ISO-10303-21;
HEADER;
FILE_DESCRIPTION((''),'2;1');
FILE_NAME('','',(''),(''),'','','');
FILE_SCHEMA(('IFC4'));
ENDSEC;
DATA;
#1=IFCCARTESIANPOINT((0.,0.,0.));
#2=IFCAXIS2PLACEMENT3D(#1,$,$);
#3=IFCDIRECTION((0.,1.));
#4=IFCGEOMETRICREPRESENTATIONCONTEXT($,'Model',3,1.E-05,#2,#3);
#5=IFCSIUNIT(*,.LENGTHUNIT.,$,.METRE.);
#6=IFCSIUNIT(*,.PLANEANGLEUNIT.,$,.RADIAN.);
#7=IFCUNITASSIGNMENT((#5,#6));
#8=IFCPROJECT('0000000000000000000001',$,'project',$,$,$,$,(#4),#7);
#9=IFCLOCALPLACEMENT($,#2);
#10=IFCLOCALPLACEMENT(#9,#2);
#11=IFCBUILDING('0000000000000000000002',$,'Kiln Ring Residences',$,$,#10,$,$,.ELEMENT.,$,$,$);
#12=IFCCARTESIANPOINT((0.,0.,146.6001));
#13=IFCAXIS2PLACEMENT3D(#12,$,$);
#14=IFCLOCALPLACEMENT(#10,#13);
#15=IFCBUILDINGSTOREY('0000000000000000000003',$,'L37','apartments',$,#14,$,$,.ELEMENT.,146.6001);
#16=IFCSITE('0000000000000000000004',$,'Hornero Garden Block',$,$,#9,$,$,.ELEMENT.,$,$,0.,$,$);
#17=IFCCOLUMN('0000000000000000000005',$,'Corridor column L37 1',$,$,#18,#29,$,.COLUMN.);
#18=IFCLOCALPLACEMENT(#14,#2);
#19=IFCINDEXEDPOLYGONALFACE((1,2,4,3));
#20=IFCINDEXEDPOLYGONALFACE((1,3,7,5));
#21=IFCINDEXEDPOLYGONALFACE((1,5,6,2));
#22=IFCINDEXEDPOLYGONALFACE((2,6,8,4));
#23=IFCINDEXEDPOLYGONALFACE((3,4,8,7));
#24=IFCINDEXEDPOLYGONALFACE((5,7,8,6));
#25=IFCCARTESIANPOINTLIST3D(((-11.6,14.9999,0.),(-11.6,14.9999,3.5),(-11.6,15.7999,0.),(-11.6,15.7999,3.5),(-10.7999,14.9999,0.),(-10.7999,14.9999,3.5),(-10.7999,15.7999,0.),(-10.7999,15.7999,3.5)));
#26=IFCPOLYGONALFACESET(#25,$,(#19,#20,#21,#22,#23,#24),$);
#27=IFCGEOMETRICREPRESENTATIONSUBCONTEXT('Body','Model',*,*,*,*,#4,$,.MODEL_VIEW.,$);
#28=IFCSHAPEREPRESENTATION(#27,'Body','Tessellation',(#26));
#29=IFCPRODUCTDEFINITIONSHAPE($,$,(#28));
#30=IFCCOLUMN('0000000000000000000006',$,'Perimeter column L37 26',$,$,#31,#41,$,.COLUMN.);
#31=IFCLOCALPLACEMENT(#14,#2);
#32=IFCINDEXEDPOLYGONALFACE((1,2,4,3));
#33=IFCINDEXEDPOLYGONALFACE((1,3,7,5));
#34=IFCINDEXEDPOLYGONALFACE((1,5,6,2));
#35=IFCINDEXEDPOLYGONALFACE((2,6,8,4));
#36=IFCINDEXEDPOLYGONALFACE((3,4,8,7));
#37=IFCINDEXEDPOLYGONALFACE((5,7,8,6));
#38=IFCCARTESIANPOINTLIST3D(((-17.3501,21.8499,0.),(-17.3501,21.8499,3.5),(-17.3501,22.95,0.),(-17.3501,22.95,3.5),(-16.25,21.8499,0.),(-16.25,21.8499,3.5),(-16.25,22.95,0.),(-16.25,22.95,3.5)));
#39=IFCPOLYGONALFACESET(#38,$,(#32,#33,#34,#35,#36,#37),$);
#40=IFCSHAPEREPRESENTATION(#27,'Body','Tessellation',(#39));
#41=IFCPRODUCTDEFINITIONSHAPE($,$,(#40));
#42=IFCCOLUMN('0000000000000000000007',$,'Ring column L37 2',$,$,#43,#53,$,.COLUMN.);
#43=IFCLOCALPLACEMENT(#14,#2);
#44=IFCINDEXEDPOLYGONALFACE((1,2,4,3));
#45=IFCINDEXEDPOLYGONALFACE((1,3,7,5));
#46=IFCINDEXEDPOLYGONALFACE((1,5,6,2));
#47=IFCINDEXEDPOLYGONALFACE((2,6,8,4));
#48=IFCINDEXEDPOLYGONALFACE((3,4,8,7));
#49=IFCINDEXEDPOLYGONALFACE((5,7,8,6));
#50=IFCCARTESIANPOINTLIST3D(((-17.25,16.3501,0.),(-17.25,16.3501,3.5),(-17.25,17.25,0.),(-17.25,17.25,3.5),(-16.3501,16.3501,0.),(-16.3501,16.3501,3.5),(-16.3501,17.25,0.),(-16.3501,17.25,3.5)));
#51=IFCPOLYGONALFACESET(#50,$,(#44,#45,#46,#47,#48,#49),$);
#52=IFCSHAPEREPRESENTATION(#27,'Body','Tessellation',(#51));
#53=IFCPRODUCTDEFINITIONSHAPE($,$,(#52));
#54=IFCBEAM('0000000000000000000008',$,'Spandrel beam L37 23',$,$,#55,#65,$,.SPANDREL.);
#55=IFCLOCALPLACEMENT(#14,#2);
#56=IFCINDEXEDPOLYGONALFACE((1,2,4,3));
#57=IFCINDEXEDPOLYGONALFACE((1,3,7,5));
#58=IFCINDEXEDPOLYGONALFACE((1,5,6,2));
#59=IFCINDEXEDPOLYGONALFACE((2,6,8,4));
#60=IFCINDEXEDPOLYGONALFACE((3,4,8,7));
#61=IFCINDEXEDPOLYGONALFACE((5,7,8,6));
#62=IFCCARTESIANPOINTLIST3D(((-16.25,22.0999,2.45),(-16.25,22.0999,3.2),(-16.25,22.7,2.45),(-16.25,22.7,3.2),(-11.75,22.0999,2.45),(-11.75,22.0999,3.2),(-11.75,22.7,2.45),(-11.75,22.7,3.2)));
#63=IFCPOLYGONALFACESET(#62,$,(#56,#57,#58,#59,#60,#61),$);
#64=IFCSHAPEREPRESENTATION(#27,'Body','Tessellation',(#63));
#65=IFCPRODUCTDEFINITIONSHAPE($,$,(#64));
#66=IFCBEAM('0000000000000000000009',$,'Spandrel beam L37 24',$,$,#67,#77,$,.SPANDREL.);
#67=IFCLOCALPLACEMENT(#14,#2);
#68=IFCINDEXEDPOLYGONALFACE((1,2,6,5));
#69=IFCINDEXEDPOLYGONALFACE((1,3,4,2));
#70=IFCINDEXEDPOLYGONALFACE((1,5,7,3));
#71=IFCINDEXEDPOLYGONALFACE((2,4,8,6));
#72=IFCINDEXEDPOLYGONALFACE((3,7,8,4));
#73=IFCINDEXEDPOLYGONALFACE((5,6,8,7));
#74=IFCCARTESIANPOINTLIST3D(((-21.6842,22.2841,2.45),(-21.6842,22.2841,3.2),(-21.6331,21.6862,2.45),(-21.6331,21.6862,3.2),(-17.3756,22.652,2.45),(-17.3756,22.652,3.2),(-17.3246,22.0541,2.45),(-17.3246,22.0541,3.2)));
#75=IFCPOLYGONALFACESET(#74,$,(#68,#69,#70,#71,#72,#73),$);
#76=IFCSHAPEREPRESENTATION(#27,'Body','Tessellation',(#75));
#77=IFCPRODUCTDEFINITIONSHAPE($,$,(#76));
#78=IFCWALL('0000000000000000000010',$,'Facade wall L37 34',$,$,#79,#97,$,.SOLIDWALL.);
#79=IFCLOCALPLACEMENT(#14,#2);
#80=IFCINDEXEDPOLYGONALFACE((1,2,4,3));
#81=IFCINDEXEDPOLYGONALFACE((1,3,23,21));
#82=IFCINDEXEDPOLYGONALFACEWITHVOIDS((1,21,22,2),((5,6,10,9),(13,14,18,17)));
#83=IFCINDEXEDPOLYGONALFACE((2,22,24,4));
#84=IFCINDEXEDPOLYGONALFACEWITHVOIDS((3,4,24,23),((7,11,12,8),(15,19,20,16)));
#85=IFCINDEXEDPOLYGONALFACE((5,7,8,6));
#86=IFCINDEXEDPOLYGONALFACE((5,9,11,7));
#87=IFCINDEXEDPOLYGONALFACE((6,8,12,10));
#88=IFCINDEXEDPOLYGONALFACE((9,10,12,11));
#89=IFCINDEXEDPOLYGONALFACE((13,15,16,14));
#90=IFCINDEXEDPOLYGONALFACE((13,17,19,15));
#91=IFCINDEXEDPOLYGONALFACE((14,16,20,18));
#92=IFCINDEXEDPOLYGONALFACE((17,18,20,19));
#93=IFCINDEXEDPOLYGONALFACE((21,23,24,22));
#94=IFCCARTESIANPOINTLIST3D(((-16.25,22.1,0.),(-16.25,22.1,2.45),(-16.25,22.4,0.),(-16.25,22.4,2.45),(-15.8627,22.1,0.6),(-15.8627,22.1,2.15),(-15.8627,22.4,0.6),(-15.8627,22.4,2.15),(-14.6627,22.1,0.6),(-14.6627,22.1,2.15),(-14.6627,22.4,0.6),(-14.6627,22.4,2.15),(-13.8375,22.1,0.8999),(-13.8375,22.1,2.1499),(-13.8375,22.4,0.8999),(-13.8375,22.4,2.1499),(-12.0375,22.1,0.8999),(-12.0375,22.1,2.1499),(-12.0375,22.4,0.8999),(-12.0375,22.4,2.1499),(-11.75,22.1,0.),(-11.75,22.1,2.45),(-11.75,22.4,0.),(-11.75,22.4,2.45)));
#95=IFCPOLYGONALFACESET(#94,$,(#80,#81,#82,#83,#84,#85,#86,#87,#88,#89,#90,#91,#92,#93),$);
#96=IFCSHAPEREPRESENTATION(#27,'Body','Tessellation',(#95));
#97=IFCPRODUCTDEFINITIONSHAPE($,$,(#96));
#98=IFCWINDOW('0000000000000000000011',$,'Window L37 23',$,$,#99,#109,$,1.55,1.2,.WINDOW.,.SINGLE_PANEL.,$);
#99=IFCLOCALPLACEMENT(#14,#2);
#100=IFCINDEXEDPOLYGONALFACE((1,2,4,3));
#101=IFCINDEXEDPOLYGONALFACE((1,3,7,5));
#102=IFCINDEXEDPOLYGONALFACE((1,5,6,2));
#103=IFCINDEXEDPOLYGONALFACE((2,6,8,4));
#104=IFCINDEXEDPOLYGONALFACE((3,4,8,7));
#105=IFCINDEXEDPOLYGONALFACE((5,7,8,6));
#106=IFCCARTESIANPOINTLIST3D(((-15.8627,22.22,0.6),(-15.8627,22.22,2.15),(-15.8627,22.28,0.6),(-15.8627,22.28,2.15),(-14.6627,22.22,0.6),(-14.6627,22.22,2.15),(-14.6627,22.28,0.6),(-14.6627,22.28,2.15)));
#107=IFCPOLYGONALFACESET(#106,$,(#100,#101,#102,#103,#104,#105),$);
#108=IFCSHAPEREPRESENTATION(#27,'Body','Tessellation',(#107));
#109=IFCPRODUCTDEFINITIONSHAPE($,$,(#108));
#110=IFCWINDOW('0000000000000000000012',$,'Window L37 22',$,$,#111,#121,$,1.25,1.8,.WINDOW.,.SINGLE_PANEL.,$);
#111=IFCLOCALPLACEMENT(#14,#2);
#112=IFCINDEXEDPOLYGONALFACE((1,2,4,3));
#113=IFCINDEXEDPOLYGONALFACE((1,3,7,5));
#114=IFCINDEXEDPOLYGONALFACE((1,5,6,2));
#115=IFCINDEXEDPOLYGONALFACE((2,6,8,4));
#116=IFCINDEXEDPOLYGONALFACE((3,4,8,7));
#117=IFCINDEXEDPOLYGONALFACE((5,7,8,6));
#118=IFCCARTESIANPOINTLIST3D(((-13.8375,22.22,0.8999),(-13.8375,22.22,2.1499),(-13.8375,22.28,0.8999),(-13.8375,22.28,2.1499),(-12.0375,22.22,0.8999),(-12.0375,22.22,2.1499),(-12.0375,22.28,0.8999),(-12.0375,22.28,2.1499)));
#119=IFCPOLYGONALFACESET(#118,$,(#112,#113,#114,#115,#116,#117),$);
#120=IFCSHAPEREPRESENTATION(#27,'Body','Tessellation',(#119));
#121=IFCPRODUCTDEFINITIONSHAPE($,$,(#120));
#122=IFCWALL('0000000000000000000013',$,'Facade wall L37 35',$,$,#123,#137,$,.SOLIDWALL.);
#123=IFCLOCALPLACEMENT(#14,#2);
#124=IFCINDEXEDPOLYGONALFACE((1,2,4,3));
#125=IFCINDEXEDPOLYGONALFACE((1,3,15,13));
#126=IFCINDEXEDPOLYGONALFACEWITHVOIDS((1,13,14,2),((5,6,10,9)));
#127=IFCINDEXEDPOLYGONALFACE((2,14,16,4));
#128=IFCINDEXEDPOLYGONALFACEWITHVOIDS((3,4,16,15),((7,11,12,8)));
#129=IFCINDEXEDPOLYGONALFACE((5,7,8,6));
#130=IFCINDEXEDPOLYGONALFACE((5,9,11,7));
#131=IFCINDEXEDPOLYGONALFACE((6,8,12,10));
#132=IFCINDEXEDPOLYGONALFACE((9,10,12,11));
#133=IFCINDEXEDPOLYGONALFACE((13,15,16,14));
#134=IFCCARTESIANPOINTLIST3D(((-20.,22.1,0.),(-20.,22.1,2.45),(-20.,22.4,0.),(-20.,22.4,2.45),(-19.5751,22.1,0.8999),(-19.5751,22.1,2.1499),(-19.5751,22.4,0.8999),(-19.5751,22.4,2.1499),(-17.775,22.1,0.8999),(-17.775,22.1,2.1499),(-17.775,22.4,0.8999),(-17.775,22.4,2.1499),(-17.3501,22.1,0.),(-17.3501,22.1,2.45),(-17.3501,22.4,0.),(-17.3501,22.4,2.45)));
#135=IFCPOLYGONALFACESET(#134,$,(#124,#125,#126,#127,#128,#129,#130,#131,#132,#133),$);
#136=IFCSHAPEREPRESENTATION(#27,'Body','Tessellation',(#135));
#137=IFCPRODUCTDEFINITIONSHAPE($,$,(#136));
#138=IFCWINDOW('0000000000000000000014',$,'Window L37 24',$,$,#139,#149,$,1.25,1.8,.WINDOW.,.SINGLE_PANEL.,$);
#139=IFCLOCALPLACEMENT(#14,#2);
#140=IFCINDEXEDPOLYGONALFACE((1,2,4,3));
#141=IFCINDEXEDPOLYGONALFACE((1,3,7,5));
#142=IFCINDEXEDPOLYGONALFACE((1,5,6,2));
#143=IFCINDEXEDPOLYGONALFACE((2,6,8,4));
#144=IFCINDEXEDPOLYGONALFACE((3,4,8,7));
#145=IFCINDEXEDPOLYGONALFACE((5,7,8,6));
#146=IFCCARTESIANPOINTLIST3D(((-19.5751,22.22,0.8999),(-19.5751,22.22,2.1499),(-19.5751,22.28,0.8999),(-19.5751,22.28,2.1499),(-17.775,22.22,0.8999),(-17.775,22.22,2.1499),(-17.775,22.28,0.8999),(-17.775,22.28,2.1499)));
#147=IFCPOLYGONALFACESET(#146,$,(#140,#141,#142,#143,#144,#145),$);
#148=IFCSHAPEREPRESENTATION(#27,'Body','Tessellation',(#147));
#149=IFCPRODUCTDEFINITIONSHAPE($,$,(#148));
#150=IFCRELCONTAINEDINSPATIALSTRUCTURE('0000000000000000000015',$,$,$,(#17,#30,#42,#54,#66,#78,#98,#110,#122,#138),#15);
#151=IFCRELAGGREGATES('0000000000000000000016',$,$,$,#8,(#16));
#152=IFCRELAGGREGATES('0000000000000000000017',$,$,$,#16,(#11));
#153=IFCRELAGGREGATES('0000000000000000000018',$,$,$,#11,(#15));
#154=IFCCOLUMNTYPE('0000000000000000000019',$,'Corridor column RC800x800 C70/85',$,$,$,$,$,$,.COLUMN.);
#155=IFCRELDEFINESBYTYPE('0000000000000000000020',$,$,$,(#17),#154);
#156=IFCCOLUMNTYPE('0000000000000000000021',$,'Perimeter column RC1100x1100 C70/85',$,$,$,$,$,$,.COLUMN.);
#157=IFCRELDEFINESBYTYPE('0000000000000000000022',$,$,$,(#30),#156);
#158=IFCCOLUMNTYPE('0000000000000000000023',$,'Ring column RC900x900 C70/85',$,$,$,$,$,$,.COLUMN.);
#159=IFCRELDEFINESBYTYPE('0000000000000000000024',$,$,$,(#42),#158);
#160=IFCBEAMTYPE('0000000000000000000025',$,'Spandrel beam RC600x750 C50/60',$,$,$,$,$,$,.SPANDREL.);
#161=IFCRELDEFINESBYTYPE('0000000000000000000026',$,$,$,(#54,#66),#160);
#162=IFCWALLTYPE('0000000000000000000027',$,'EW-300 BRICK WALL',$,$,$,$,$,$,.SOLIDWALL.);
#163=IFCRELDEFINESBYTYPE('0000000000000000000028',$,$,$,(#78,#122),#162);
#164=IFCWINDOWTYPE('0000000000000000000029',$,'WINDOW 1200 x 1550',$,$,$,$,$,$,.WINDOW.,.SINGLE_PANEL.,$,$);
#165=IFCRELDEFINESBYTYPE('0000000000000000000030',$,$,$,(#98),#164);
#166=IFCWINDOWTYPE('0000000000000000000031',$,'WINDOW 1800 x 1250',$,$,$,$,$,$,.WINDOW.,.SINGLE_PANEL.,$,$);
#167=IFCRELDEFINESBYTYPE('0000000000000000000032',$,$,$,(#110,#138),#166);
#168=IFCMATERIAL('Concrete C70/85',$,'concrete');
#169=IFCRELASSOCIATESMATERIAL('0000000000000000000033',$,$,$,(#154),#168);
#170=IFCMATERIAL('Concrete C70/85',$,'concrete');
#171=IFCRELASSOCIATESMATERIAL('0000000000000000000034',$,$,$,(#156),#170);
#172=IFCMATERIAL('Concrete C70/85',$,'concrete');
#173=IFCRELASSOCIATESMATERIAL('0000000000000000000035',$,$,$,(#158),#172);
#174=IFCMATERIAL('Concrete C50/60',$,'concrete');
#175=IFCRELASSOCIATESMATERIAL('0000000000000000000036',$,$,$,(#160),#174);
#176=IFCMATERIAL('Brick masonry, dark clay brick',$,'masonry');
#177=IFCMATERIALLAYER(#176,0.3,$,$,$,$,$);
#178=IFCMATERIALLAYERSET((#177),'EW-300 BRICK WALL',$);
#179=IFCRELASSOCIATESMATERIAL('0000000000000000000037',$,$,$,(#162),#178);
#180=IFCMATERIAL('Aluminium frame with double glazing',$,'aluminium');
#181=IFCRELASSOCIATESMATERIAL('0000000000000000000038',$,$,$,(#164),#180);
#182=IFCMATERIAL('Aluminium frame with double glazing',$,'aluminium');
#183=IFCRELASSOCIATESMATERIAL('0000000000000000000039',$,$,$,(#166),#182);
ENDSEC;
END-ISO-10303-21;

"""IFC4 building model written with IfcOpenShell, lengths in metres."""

from ifc_helpers import new_model, si_unit, direction, frame, frame_2d, origin, origin_2d, place, context, subcontext, project, spatial, rectangle, extrude, material, layer, layer_set, material_profile, profile_set, type_object, element, fill, save


model = new_model("IFC4")

# Units and contexts
model_context = context("Model", 3, precision=1e-05, world=origin(), true_north=direction((0.0, 1.0)))
body_context = subcontext(model_context, "Body", "Model", "MODEL_VIEW")
ifc_project = project(units=[si_unit("LENGTHUNIT", "METRE"), si_unit("PLANEANGLEUNIT", "RADIAN")], contexts=[model_context])

# Site, building, storey
site_placement = place(None, origin())
site = spatial("IfcSite", under=ifc_project, at=site_placement, Name="Hornero Garden Block", CompositionType="ELEMENT", RefElevation=0.0)
building_placement = place(site_placement, origin())
building = spatial("IfcBuilding", under=site, at=building_placement, Name="Kiln Ring Residences", CompositionType="ELEMENT")
storey_placement = place(building_placement, frame((0.0, 0.0, 146.6001)))
storey = spatial("IfcBuildingStorey", under=building, at=storey_placement, Name="L37", Description="apartments", CompositionType="ELEMENT", Elevation=146.6001)

# Columns
ifc_material_1 = material(Name="Concrete C70/85", Category="concrete")
ifc_material_profile_1 = material_profile(ifc_material_1, rectangle(XDim=0.8, YDim=0.8, at=origin_2d()), Name="RC800x800")
ifc_profile_set_1 = profile_set([ifc_material_profile_1], Name="Concrete C70/85")
column_type_1 = type_object("IfcColumnType", Name="Corridor column RC800x800 C70/85", PredefinedType="COLUMN", material=ifc_profile_set_1)
column_1_placement = place(storey_placement, frame((-11.2, 15.3999, 0.0), z_axis=(0.0, 0.0, 1.0), x_axis=(1.0, 0.0, 0.0)))
element("IfcColumn", 1, at=column_1_placement, inside=storey, type_object=column_type_1, Name="Corridor column L37 1", PredefinedType="COLUMN", context=body_context, shape_type="SweptSolid", body=[
    extrude(rectangle(XDim=0.8, YDim=0.8, at=origin_2d()), origin(), (0.0, 0.0, 1.0), 3.5),
])
ifc_material_2 = material(Name="Concrete C70/85", Category="concrete")
ifc_material_profile_2 = material_profile(ifc_material_2, rectangle(XDim=1.1001, YDim=1.1001, at=origin_2d()), Name="RC1100x1100")
ifc_profile_set_2 = profile_set([ifc_material_profile_2], Name="Concrete C70/85")
column_type_2 = type_object("IfcColumnType", Name="Perimeter column RC1100x1100 C70/85", PredefinedType="COLUMN", material=ifc_profile_set_2)
column_2_placement = place(storey_placement, frame((-16.8, 22.3999, 0.0), z_axis=(0.0, 0.0, 1.0), x_axis=(1.0, 0.0, 0.0)))
element("IfcColumn", 2, at=column_2_placement, inside=storey, type_object=column_type_2, Name="Perimeter column L37 26", PredefinedType="COLUMN", context=body_context, shape_type="SweptSolid", body=[
    extrude(rectangle(XDim=1.1001, YDim=1.1001, at=origin_2d()), origin(), (0.0, 0.0, 1.0), 3.5),
])
ifc_material_3 = material(Name="Concrete C70/85", Category="concrete")
ifc_material_profile_3 = material_profile(ifc_material_3, rectangle(XDim=0.8999, YDim=0.8999, at=origin_2d()), Name="RC900x900")
ifc_profile_set_3 = profile_set([ifc_material_profile_3], Name="Concrete C70/85")
column_type_3 = type_object("IfcColumnType", Name="Ring column RC900x900 C70/85", PredefinedType="COLUMN", material=ifc_profile_set_3)
column_3_placement = place(storey_placement, frame((-16.8, 16.8, 0.0), z_axis=(0.0, 0.0, 1.0), x_axis=(1.0, 0.0, 0.0)))
element("IfcColumn", 3, at=column_3_placement, inside=storey, type_object=column_type_3, Name="Ring column L37 2", PredefinedType="COLUMN", context=body_context, shape_type="SweptSolid", body=[
    extrude(rectangle(XDim=0.8999, YDim=0.8999, at=origin_2d()), origin(), (0.0, 0.0, 1.0), 3.5),
])

# Beams
ifc_material_4 = material(Name="Concrete C50/60", Category="concrete")
ifc_material_profile_4 = material_profile(ifc_material_4, rectangle(XDim=0.6001, YDim=0.75, at=origin_2d()), Name="RC600x750")
ifc_profile_set_4 = profile_set([ifc_material_profile_4], Name="Concrete C50/60")
beam_type = type_object("IfcBeamType", Name="Spandrel beam RC600x750 C50/60", PredefinedType="SPANDREL", material=ifc_profile_set_4)
beam_1_placement = place(storey_placement, frame((-11.75, 22.3999, 2.825), z_axis=(-1.0, 0.0, 0.0), x_axis=(0.0, -1.0, 0.0)))
element("IfcBeam", 4, at=beam_1_placement, inside=storey, type_object=beam_type, Name="Spandrel beam L37 23", PredefinedType="SPANDREL", context=body_context, shape_type="SweptSolid", body=[
    extrude(rectangle(XDim=0.6001, YDim=0.75, at=origin_2d()), origin(), (0.0, 0.0, 1.0), 4.5),
])
beam_2_placement = place(storey_placement, frame((-17.3501, 22.353, 2.825), z_axis=(-0.996374, -0.085082, 0.0), x_axis=(0.085082, -0.996374, 0.0)))
element("IfcBeam", 5, at=beam_2_placement, inside=storey, type_object=beam_type, Name="Spandrel beam L37 24", PredefinedType="SPANDREL", context=body_context, shape_type="SweptSolid", body=[
    extrude(rectangle(XDim=0.6001, YDim=0.75, at=origin_2d()), origin(), (0.0, 0.0, 1.0), 4.3242),
])

# Wall, openings, windows
ifc_material_5 = material(Name="Brick masonry, dark clay brick", Category="masonry")
ifc_layer_1 = layer(ifc_material_5, 0.3)
ifc_layer_set_1 = layer_set([ifc_layer_1], Name="EW-300 BRICK WALL")
wall_type_1 = type_object("IfcWallType", Name="EW-300 BRICK WALL", PredefinedType="SOLIDWALL", material=ifc_layer_set_1)
wall_1_placement = place(storey_placement, frame((-11.75, 22.25, 0.0), z_axis=(0.0, 0.0, 1.0), x_axis=(-1.0, 0.0, 0.0)))
wall_1 = element("IfcWall", 6, at=wall_1_placement, inside=storey, type_object=wall_type_1, Name="Facade wall L37 34", PredefinedType="SOLIDWALL", context=body_context, shape_type="SweptSolid", body=[
    extrude(rectangle(XDim=4.5, YDim=0.3, at=frame_2d((2.25, 0.0))), origin(), (0.0, 0.0, 1.0), 2.45),
])
opening_1_placement = place(wall_1_placement, frame((0.2876, 0.0, 0.8999)))
opening_1 = element("IfcOpeningElement", 7, at=opening_1_placement, cuts=wall_1, PredefinedType="OPENING", context=body_context, shape_type="SweptSolid", body=[
    extrude(rectangle(XDim=1.8, YDim=1.25, at=frame_2d((0.8999, 0.625))), frame((0.0, 0.1599, 0.0), z_axis=(0.0, -1.0, 0.0), x_axis=(1.0, 0.0, 0.0)), (0.0, 0.0, 1.0), 0.3201),
])
opening_2_placement = place(wall_1_placement, frame((2.9126, 0.0, 0.6001)))
opening_2 = element("IfcOpeningElement", 8, at=opening_2_placement, cuts=wall_1, PredefinedType="OPENING", context=body_context, shape_type="SweptSolid", body=[
    extrude(rectangle(XDim=1.2, YDim=1.55, at=frame_2d((0.6001, 0.7749))), frame((0.0, 0.1599, 0.0), z_axis=(0.0, -1.0, 0.0), x_axis=(1.0, 0.0, 0.0)), (0.0, 0.0, 1.0), 0.3201),
])
ifc_material_6 = material(Name="Aluminium frame with double glazing", Category="aluminium")
window_type_1 = type_object("IfcWindowType", Name="WINDOW 1200 x 1550", PartitioningType="SINGLE_PANEL", PredefinedType="WINDOW", material=ifc_material_6)
window_1_placement = place(opening_2_placement, origin())
window_1 = element("IfcWindow", 9, at=window_1_placement, inside=storey, type_object=window_type_1, Name="Window L37 23", OverallHeight=1.55, OverallWidth=1.2, PartitioningType="SINGLE_PANEL", PredefinedType="WINDOW", context=body_context, shape_type="SweptSolid", body=[
    extrude(rectangle(XDim=1.2, YDim=1.55, at=frame_2d((0.6001, 0.7749))), frame((0.0, 0.03, 0.0), z_axis=(0.0, -1.0, 0.0), x_axis=(1.0, 0.0, 0.0)), (0.0, 0.0, 1.0), 0.0601),
])
fill(opening_2, window_1)
ifc_material_7 = material(Name="Aluminium frame with double glazing", Category="aluminium")
window_type_2 = type_object("IfcWindowType", Name="WINDOW 1800 x 1250", PartitioningType="SINGLE_PANEL", PredefinedType="WINDOW", material=ifc_material_7)
window_2_placement = place(opening_1_placement, origin())
window_2 = element("IfcWindow", 10, at=window_2_placement, inside=storey, type_object=window_type_2, Name="Window L37 22", OverallHeight=1.25, OverallWidth=1.8, PartitioningType="SINGLE_PANEL", PredefinedType="WINDOW", context=body_context, shape_type="SweptSolid", body=[
    extrude(rectangle(XDim=1.8, YDim=1.25, at=frame_2d((0.8999, 0.625))), frame((0.0, 0.03, 0.0), z_axis=(0.0, -1.0, 0.0), x_axis=(1.0, 0.0, 0.0)), (0.0, 0.0, 1.0), 0.0601),
])
fill(opening_1, window_2)

# Wall, opening, window
wall_2_placement = place(storey_placement, frame((-17.3501, 22.25, 0.0), z_axis=(0.0, 0.0, 1.0), x_axis=(-1.0, 0.0, 0.0)))
wall_2 = element("IfcWall", 11, at=wall_2_placement, inside=storey, type_object=wall_type_1, Name="Facade wall L37 35", PredefinedType="SOLIDWALL", context=body_context, shape_type="SweptSolid", body=[
    extrude(rectangle(XDim=2.6499, YDim=0.3, at=frame_2d((1.325, 0.0))), origin(), (0.0, 0.0, 1.0), 2.45),
])
opening_3_placement = place(wall_2_placement, frame((0.425, 0.0, 0.8999)))
opening_3 = element("IfcOpeningElement", 12, at=opening_3_placement, cuts=wall_2, PredefinedType="OPENING", context=body_context, shape_type="SweptSolid", body=[
    extrude(rectangle(XDim=1.8, YDim=1.25, at=frame_2d((0.8999, 0.625))), frame((0.0, 0.1599, 0.0), z_axis=(0.0, -1.0, 0.0), x_axis=(1.0, 0.0, 0.0)), (0.0, 0.0, 1.0), 0.3201),
])
window_3_placement = place(opening_3_placement, origin())
window_3 = element("IfcWindow", 13, at=window_3_placement, inside=storey, type_object=window_type_2, Name="Window L37 24", OverallHeight=1.25, OverallWidth=1.8, PartitioningType="SINGLE_PANEL", PredefinedType="WINDOW", context=body_context, shape_type="SweptSolid", body=[
    extrude(rectangle(XDim=1.8, YDim=1.25, at=frame_2d((0.8999, 0.625))), frame((0.0, 0.03, 0.0), z_axis=(0.0, -1.0, 0.0), x_axis=(1.0, 0.0, 0.0)), (0.0, 0.0, 1.0), 0.0601),
])
fill(opening_3, window_3)

save(model, "model.ifc")
